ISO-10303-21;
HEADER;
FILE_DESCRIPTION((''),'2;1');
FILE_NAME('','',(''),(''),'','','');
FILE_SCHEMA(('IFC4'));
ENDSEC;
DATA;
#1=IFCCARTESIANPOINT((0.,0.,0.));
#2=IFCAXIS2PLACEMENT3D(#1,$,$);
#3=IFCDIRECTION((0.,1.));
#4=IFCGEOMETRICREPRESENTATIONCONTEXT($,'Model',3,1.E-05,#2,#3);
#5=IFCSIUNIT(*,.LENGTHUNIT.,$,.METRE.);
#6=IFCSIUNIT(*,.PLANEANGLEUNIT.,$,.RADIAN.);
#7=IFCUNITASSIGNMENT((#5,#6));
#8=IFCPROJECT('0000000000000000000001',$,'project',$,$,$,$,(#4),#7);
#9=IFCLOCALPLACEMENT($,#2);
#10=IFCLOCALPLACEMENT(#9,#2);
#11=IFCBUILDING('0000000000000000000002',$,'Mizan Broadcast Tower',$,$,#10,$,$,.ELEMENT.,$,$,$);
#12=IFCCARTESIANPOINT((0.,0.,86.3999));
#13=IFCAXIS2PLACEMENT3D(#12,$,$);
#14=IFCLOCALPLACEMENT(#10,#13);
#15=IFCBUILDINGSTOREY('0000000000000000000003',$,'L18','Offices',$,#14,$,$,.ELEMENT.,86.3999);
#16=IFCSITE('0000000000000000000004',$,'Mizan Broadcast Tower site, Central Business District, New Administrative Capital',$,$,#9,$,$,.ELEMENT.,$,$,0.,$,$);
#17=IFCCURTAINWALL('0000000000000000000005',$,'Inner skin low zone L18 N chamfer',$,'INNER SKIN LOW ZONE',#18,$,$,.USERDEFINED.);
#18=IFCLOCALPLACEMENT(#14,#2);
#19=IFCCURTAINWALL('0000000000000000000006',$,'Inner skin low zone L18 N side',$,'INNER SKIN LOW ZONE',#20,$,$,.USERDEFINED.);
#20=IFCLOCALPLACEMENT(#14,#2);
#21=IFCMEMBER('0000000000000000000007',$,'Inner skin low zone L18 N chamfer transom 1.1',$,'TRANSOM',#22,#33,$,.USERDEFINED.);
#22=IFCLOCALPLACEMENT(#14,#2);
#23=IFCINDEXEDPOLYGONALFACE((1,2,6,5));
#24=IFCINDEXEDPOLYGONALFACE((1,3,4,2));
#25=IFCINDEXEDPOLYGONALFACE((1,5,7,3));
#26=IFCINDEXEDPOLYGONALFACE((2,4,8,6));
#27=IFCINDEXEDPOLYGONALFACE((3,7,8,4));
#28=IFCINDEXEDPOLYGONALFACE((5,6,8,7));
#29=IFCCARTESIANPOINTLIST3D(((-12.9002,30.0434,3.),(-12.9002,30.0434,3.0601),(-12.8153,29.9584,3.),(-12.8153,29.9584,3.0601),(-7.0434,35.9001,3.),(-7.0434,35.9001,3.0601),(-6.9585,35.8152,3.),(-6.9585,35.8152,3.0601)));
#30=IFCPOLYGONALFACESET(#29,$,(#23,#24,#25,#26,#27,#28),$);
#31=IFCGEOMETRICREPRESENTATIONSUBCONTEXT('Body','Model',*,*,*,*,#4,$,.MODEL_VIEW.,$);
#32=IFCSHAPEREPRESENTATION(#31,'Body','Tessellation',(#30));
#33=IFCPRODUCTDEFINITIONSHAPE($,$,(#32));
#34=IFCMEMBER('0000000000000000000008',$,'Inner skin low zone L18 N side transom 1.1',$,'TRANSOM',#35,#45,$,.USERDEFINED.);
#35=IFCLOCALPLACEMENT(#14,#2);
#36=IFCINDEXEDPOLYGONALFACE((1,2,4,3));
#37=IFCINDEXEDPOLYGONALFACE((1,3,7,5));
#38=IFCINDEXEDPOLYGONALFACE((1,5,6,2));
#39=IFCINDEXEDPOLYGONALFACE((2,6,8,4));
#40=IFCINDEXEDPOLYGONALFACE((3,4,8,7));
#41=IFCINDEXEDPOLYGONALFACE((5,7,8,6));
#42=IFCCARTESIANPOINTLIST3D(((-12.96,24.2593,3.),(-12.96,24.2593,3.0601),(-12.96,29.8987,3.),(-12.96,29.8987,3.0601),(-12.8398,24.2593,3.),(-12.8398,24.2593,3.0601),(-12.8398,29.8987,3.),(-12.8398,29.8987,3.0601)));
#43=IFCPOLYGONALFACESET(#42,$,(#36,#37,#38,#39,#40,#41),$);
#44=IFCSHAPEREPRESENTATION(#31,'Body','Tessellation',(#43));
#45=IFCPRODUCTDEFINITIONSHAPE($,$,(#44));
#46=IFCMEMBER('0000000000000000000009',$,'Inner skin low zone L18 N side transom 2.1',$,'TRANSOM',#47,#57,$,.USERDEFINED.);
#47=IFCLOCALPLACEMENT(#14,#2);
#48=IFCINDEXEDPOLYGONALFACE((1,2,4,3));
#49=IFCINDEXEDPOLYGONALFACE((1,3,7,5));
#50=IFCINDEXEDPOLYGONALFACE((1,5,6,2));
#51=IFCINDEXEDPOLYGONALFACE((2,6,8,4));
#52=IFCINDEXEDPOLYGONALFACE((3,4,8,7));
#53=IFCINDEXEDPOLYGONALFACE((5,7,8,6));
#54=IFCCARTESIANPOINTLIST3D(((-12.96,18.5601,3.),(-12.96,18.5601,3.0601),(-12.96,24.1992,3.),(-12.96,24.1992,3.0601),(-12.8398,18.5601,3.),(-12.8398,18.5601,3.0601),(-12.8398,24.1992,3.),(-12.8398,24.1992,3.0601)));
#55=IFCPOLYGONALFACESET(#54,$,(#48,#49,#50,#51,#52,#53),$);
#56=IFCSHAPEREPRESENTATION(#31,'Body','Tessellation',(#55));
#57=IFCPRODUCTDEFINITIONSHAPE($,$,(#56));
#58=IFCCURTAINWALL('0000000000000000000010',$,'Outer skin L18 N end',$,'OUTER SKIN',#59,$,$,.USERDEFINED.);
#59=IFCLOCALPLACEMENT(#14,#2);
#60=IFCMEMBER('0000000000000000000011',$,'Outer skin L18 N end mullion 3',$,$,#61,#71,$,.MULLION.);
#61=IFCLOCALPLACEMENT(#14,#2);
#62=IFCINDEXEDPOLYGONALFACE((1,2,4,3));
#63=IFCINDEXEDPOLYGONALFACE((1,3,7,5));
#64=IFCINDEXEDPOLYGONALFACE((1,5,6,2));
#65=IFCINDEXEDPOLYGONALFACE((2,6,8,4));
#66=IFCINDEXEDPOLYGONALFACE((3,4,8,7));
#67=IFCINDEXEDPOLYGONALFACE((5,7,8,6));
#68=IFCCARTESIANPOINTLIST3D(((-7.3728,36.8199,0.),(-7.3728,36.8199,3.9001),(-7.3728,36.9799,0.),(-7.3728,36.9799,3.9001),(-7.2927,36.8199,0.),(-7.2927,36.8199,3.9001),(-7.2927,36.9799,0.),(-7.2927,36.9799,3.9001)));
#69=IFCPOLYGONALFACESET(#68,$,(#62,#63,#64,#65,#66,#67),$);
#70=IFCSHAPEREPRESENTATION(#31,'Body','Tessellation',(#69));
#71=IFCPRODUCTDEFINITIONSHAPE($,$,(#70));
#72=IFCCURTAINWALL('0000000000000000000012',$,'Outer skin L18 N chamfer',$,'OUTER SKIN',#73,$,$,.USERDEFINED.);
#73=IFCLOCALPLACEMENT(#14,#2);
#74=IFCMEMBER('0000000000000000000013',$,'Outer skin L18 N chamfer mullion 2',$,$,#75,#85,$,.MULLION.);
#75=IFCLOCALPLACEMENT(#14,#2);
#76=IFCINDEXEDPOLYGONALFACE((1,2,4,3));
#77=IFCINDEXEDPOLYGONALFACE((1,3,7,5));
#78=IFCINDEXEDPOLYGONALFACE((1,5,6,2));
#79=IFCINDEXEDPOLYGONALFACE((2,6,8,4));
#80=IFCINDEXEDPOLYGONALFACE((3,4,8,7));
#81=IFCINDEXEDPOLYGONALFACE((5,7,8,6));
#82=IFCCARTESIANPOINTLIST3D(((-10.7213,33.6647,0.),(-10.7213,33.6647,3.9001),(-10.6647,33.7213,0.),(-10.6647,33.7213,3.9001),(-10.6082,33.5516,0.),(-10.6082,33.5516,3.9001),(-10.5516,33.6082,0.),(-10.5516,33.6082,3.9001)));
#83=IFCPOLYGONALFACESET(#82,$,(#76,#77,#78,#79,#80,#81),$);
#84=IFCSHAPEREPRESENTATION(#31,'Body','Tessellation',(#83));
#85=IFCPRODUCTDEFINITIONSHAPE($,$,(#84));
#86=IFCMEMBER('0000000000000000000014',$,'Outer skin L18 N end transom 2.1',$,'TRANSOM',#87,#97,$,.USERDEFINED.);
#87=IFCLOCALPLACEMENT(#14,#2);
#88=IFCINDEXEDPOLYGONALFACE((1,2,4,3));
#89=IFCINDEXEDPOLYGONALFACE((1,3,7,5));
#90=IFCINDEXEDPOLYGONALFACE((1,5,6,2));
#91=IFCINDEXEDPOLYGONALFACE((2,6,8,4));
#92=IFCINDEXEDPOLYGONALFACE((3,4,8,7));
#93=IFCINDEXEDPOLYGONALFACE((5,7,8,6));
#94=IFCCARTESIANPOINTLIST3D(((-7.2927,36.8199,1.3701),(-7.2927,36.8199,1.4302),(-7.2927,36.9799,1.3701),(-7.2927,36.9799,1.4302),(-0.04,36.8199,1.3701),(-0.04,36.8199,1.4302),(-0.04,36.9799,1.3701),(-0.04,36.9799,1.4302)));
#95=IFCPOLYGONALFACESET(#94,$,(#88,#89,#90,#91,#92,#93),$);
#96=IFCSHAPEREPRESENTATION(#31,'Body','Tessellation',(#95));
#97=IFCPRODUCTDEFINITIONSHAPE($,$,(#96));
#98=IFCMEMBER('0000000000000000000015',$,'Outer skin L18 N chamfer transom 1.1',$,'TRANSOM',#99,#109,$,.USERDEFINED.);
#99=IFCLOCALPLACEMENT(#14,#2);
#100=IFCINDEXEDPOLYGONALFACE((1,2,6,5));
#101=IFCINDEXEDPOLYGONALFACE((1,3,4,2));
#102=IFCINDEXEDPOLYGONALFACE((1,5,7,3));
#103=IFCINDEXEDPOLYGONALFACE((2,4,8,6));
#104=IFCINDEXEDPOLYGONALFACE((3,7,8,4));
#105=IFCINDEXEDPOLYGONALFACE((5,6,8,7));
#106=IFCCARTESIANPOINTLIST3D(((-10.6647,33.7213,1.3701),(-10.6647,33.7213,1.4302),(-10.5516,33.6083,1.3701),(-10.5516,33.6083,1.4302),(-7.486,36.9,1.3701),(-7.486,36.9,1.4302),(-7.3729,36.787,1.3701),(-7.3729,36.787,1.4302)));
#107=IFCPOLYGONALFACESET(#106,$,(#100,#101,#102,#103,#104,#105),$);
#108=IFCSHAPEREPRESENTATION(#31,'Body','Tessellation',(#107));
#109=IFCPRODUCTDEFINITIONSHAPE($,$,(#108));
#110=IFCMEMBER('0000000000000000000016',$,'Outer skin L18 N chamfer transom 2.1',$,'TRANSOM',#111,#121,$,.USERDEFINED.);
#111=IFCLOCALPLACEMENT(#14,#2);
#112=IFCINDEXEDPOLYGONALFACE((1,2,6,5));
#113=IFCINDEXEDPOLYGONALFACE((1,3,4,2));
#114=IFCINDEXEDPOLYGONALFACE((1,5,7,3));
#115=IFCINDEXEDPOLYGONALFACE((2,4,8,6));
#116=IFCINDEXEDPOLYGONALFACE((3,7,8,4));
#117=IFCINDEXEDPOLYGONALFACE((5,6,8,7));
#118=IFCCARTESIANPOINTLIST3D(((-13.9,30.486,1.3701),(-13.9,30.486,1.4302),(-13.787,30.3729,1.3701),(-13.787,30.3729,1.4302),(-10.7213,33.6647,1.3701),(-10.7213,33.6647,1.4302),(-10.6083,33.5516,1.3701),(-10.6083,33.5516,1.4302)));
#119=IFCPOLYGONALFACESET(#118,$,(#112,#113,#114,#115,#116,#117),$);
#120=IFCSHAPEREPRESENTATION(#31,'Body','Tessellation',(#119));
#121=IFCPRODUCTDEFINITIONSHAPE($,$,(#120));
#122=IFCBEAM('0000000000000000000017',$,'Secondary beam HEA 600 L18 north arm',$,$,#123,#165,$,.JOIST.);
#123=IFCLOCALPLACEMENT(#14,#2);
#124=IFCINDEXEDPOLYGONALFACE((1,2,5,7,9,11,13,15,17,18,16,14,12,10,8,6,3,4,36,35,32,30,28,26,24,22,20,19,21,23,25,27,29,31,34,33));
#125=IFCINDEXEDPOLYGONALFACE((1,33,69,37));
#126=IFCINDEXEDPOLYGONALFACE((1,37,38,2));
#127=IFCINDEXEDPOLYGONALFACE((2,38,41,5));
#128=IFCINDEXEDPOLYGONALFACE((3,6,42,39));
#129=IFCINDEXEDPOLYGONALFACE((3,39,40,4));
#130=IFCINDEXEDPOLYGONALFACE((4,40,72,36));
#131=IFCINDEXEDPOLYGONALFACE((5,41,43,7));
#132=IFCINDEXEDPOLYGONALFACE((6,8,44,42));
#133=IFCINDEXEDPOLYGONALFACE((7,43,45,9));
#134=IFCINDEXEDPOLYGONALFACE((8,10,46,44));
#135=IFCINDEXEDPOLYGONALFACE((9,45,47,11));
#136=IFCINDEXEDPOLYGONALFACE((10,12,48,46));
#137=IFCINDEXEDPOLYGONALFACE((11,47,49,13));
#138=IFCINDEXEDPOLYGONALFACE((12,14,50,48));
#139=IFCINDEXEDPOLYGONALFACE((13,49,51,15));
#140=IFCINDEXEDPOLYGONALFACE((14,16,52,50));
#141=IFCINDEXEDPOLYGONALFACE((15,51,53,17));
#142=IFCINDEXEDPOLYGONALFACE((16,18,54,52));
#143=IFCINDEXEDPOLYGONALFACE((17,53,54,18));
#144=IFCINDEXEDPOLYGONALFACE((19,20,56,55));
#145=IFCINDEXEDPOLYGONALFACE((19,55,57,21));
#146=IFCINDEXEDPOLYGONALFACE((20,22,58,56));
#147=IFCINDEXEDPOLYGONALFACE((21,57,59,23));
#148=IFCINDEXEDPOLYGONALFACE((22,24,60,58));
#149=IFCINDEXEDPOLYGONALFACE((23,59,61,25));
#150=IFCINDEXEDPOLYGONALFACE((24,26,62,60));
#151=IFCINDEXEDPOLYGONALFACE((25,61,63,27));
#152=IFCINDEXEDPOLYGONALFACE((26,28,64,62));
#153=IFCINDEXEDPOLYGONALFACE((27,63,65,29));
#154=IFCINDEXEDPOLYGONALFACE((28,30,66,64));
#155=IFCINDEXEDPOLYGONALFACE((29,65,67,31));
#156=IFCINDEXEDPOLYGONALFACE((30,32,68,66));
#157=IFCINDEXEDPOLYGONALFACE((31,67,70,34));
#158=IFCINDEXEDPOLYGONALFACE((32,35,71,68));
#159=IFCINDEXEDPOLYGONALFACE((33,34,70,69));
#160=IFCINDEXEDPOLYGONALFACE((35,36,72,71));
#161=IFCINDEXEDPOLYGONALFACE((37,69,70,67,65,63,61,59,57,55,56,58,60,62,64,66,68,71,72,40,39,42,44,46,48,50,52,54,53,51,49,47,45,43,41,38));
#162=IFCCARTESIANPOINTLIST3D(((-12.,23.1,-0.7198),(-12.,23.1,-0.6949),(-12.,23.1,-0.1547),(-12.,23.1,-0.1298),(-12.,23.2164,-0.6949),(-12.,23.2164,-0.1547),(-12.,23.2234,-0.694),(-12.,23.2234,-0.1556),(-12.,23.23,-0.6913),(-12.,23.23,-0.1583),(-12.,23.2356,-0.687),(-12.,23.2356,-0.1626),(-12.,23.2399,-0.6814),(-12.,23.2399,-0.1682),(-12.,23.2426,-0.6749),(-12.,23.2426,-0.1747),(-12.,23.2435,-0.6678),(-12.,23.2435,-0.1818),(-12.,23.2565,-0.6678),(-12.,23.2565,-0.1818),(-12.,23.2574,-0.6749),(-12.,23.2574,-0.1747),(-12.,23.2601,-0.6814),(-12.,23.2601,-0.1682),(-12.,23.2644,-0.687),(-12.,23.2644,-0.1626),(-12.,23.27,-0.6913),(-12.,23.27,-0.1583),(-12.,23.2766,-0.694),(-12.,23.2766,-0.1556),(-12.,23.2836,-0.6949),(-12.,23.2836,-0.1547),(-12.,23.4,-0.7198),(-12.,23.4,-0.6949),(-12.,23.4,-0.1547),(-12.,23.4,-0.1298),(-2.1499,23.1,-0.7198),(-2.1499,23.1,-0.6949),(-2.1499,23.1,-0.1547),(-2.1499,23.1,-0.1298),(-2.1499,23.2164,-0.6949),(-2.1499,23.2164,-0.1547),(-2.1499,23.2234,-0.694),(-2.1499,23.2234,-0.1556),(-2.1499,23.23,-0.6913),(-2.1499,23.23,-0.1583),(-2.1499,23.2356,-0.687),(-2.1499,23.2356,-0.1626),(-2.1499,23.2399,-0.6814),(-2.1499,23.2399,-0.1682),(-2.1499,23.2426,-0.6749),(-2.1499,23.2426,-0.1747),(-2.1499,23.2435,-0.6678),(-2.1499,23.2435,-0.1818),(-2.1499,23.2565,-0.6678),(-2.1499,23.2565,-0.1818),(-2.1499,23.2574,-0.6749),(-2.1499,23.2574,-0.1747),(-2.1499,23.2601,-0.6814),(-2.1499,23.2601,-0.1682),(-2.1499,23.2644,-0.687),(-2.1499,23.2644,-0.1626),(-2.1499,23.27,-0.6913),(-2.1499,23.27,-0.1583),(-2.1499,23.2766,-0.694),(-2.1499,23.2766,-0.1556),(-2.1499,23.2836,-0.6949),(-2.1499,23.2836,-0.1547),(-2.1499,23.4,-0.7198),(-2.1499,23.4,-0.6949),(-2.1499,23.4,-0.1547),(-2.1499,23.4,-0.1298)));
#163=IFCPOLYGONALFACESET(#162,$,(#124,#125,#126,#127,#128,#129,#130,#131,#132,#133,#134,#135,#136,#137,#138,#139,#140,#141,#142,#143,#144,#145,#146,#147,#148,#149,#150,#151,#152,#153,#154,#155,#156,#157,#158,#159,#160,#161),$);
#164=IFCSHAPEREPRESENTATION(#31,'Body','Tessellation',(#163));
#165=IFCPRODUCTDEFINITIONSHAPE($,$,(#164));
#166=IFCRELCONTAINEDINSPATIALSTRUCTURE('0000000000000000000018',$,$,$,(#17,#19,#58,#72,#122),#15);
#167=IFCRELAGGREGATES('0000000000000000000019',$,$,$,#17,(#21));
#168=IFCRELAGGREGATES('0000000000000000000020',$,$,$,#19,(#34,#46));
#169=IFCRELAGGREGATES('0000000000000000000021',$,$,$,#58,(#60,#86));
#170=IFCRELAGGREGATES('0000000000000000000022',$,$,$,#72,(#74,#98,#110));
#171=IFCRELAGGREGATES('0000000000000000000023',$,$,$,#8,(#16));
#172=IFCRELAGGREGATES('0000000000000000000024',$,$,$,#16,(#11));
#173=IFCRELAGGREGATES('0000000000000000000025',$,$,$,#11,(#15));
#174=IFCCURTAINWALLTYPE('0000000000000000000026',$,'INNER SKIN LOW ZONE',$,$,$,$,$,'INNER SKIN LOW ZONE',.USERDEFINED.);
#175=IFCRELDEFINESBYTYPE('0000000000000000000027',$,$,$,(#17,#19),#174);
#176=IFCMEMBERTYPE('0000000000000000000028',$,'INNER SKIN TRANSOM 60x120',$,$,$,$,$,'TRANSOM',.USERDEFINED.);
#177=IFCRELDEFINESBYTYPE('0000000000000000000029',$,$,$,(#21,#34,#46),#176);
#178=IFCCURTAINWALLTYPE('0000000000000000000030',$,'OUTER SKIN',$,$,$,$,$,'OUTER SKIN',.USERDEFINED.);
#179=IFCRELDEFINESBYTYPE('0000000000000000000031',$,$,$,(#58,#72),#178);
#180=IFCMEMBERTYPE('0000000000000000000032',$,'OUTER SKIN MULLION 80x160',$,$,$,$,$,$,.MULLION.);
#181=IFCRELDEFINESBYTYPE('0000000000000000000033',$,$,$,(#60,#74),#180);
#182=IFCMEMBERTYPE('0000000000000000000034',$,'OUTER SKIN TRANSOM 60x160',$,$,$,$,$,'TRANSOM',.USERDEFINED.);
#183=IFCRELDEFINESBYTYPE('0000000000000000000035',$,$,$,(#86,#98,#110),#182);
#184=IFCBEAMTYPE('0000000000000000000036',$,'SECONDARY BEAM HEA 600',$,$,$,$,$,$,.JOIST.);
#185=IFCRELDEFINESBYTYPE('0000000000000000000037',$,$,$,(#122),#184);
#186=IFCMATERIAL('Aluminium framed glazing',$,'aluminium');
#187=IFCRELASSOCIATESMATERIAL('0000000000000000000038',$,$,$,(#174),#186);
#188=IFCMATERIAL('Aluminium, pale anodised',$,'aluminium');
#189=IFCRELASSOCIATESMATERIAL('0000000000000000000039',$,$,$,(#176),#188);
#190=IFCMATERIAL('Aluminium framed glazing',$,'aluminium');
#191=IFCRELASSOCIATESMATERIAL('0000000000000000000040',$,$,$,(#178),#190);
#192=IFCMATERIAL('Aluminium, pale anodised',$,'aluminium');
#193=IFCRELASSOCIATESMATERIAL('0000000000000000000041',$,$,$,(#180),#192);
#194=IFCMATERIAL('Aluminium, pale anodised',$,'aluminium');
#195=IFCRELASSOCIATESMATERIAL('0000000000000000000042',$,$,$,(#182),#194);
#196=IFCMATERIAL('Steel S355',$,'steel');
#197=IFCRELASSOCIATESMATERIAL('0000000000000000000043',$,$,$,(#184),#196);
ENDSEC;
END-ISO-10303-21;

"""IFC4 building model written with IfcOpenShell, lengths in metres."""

from ifc_helpers import new_model, si_unit, direction, frame, origin, origin_2d, place, context, subcontext, project, spatial, rectangle, i_section, extrude, material, material_profile, profile_set, type_object, element, aggregate, save


model = new_model("IFC4")

# Units and contexts
model_context = context("Model", 3, precision=1e-05, world=origin(), true_north=direction((0.0, 1.0)))
body_context = subcontext(model_context, "Body", "Model", "MODEL_VIEW")
ifc_project = project(units=[si_unit("LENGTHUNIT", "METRE"), si_unit("PLANEANGLEUNIT", "RADIAN")], contexts=[model_context])

# Site, building, storey
site_placement = place(None, origin())
site = spatial("IfcSite", under=ifc_project, at=site_placement, Name="Mizan Broadcast Tower site, Central Business District, New Administrative Capital", CompositionType="ELEMENT", RefElevation=0.0)
building_placement = place(site_placement, origin())
building = spatial("IfcBuilding", under=site, at=building_placement, Name="Mizan Broadcast Tower", CompositionType="ELEMENT")
storey_placement = place(building_placement, frame((0.0, 0.0, 86.3999)))
storey = spatial("IfcBuildingStorey", under=building, at=storey_placement, Name="L18", Description="Offices", CompositionType="ELEMENT", Elevation=86.3999)

# Curtain walls
ifc_material_1 = material(Name="Aluminium framed glazing", Category="aluminium")
curtain_wall_type_1 = type_object("IfcCurtainWallType", Name="INNER SKIN LOW ZONE", ElementType="INNER SKIN LOW ZONE", PredefinedType="USERDEFINED", material=ifc_material_1)
curtain_wall_1_placement = place(storey_placement, origin())
curtain_wall_1 = element("IfcCurtainWall", 1, at=curtain_wall_1_placement, inside=storey, type_object=curtain_wall_type_1, Name="Inner skin low zone L18 N chamfer", ObjectType="INNER SKIN LOW ZONE", PredefinedType="USERDEFINED")
curtain_wall_2_placement = place(storey_placement, origin())
curtain_wall_2 = element("IfcCurtainWall", 2, at=curtain_wall_2_placement, inside=storey, type_object=curtain_wall_type_1, Name="Inner skin low zone L18 N side", ObjectType="INNER SKIN LOW ZONE", PredefinedType="USERDEFINED")

# Members
ifc_material_2 = material(Name="Aluminium, pale anodised", Category="aluminium")
ifc_material_profile_1 = material_profile(ifc_material_2, rectangle(XDim=0.1201, YDim=0.0601, at=origin_2d()), Name="TRANSOM 120x60")
ifc_profile_set_1 = profile_set([ifc_material_profile_1], Name="Aluminium, pale anodised")
member_type_1 = type_object("IfcMemberType", Name="INNER SKIN TRANSOM 60x120", ElementType="TRANSOM", PredefinedType="USERDEFINED", material=ifc_profile_set_1)
member_1_placement = place(storey_placement, frame((-7.001, 35.8577, 3.03), z_axis=(-0.707107, -0.707107, 0.0), x_axis=(0.707107, -0.707107, 0.0)))
member_1 = element("IfcMember", 3, at=member_1_placement, type_object=member_type_1, Name="Inner skin low zone L18 N chamfer transom 1.1", ObjectType="TRANSOM", PredefinedType="USERDEFINED", context=body_context, shape_type="SweptSolid", body=[
    extrude(rectangle(XDim=0.1201, YDim=0.0601, at=origin_2d()), origin(), (0.0, 0.0, 1.0), 8.2827),
])
member_2_placement = place(storey_placement, frame((-12.8999, 29.8987, 3.03), z_axis=(0.0, -1.0, 0.0), x_axis=(1.0, 0.0, 0.0)))
member_2 = element("IfcMember", 4, at=member_2_placement, type_object=member_type_1, Name="Inner skin low zone L18 N side transom 1.1", ObjectType="TRANSOM", PredefinedType="USERDEFINED", context=body_context, shape_type="SweptSolid", body=[
    extrude(rectangle(XDim=0.1201, YDim=0.0601, at=origin_2d()), origin(), (0.0, 0.0, 1.0), 5.6394),
])
member_3_placement = place(storey_placement, frame((-12.8999, 24.1992, 3.03), z_axis=(0.0, -1.0, 0.0), x_axis=(1.0, 0.0, 0.0)))
member_3 = element("IfcMember", 5, at=member_3_placement, type_object=member_type_1, Name="Inner skin low zone L18 N side transom 2.1", ObjectType="TRANSOM", PredefinedType="USERDEFINED", context=body_context, shape_type="SweptSolid", body=[
    extrude(rectangle(XDim=0.1201, YDim=0.0601, at=origin_2d()), origin(), (0.0, 0.0, 1.0), 5.6392),
])

# Curtain walls, members
ifc_material_3 = material(Name="Aluminium framed glazing", Category="aluminium")
curtain_wall_type_2 = type_object("IfcCurtainWallType", Name="OUTER SKIN", ElementType="OUTER SKIN", PredefinedType="USERDEFINED", material=ifc_material_3)
curtain_wall_3_placement = place(storey_placement, origin())
curtain_wall_3 = element("IfcCurtainWall", 6, at=curtain_wall_3_placement, inside=storey, type_object=curtain_wall_type_2, Name="Outer skin L18 N end", ObjectType="OUTER SKIN", PredefinedType="USERDEFINED")
ifc_material_4 = material(Name="Aluminium, pale anodised", Category="aluminium")
ifc_material_profile_2 = material_profile(ifc_material_4, rectangle(XDim=0.1599, YDim=0.0801, at=origin_2d()), Name="MULLION 160x80")
ifc_profile_set_2 = profile_set([ifc_material_profile_2], Name="Aluminium, pale anodised")
member_type_2 = type_object("IfcMemberType", Name="OUTER SKIN MULLION 80x160", PredefinedType="MULLION", material=ifc_profile_set_2)
member_4_placement = place(storey_placement, frame((-7.3328, 36.8999, 0.0), z_axis=(0.0, 0.0, 1.0), x_axis=(0.0, -1.0, 0.0)))
member_4 = element("IfcMember", 7, at=member_4_placement, type_object=member_type_2, Name="Outer skin L18 N end mullion 3", PredefinedType="MULLION", context=body_context, shape_type="SweptSolid", body=[
    extrude(rectangle(XDim=0.1599, YDim=0.0801, at=origin_2d()), origin(), (0.0, 0.0, 1.0), 3.9001),
])
curtain_wall_4_placement = place(storey_placement, origin())
curtain_wall_4 = element("IfcCurtainWall", 8, at=curtain_wall_4_placement, inside=storey, type_object=curtain_wall_type_2, Name="Outer skin L18 N chamfer", ObjectType="OUTER SKIN", PredefinedType="USERDEFINED")
member_5_placement = place(storey_placement, frame((-10.6365, 33.6365, 0.0), z_axis=(0.0, 0.0, 1.0), x_axis=(0.707107, -0.707107, 0.0)))
member_5 = element("IfcMember", 9, at=member_5_placement, type_object=member_type_2, Name="Outer skin L18 N chamfer mullion 2", PredefinedType="MULLION", context=body_context, shape_type="SweptSolid", body=[
    extrude(rectangle(XDim=0.1599, YDim=0.0801, at=origin_2d()), origin(), (0.0, 0.0, 1.0), 3.9001),
])

# Members
ifc_material_5 = material(Name="Aluminium, pale anodised", Category="aluminium")
ifc_material_profile_3 = material_profile(ifc_material_5, rectangle(XDim=0.1599, YDim=0.0601, at=origin_2d()), Name="TRANSOM 160x60")
ifc_profile_set_3 = profile_set([ifc_material_profile_3], Name="Aluminium, pale anodised")
member_type_3 = type_object("IfcMemberType", Name="OUTER SKIN TRANSOM 60x160", ElementType="TRANSOM", PredefinedType="USERDEFINED", material=ifc_profile_set_3)
member_6_placement = place(storey_placement, frame((-0.04, 36.8999, 1.4001), z_axis=(-1.0, 0.0, 0.0), x_axis=(0.0, -1.0, 0.0)))
member_6 = element("IfcMember", 10, at=member_6_placement, type_object=member_type_3, Name="Outer skin L18 N end transom 2.1", ObjectType="TRANSOM", PredefinedType="USERDEFINED", context=body_context, shape_type="SweptSolid", body=[
    extrude(rectangle(XDim=0.1599, YDim=0.0601, at=origin_2d()), origin(), (0.0, 0.0, 1.0), 7.2527),
])
member_7_placement = place(storey_placement, frame((-7.4294, 36.8435, 1.4001), z_axis=(-0.707107, -0.707107, 0.0), x_axis=(0.707107, -0.707107, 0.0)))
member_7 = element("IfcMember", 11, at=member_7_placement, type_object=member_type_3, Name="Outer skin L18 N chamfer transom 1.1", ObjectType="TRANSOM", PredefinedType="USERDEFINED", context=body_context, shape_type="SweptSolid", body=[
    extrude(rectangle(XDim=0.1599, YDim=0.0601, at=origin_2d()), origin(), (0.0, 0.0, 1.0), 4.4954),
])
member_8_placement = place(storey_placement, frame((-10.6648, 33.6082, 1.4001), z_axis=(-0.707107, -0.707107, 0.0), x_axis=(0.707107, -0.707107, 0.0)))
member_8 = element("IfcMember", 12, at=member_8_placement, type_object=member_type_3, Name="Outer skin L18 N chamfer transom 2.1", ObjectType="TRANSOM", PredefinedType="USERDEFINED", context=body_context, shape_type="SweptSolid", body=[
    extrude(rectangle(XDim=0.1599, YDim=0.0601, at=origin_2d()), origin(), (0.0, 0.0, 1.0), 4.4954),
])

# Beam
ifc_material_6 = material(Name="Steel S355", Category="steel")
ifc_material_profile_4 = material_profile(ifc_material_6, i_section(OverallWidth=0.3, OverallDepth=0.5901, WebThickness=0.0129, FlangeThickness=0.0249, FilletRadius=0.0271, at=origin_2d()), Name="HEA 600")
ifc_profile_set_4 = profile_set([ifc_material_profile_4], Name="Steel S355")
beam_type_1 = type_object("IfcBeamType", Name="SECONDARY BEAM HEA 600", PredefinedType="JOIST", material=ifc_profile_set_4)
beam_1_placement = place(storey_placement, frame((-12.0, 23.25, -0.4248), z_axis=(1.0, 0.0, 0.0), x_axis=(0.0, 1.0, 0.0)))
element("IfcBeam", 13, at=beam_1_placement, inside=storey, type_object=beam_type_1, Name="Secondary beam HEA 600 L18 north arm", PredefinedType="JOIST", context=body_context, shape_type="SweptSolid", body=[
    extrude(i_section(OverallWidth=0.3, OverallDepth=0.5901, WebThickness=0.0129, FlangeThickness=0.0249, FilletRadius=0.0271, at=origin_2d()), origin(), (0.0, 0.0, 1.0), 9.8501),
])

aggregate(curtain_wall_1, [member_1])
aggregate(curtain_wall_2, [member_2, member_3])
aggregate(curtain_wall_3, [member_4, member_6])
aggregate(curtain_wall_4, [member_5, member_7, member_8])

save(model, "model.ifc")
